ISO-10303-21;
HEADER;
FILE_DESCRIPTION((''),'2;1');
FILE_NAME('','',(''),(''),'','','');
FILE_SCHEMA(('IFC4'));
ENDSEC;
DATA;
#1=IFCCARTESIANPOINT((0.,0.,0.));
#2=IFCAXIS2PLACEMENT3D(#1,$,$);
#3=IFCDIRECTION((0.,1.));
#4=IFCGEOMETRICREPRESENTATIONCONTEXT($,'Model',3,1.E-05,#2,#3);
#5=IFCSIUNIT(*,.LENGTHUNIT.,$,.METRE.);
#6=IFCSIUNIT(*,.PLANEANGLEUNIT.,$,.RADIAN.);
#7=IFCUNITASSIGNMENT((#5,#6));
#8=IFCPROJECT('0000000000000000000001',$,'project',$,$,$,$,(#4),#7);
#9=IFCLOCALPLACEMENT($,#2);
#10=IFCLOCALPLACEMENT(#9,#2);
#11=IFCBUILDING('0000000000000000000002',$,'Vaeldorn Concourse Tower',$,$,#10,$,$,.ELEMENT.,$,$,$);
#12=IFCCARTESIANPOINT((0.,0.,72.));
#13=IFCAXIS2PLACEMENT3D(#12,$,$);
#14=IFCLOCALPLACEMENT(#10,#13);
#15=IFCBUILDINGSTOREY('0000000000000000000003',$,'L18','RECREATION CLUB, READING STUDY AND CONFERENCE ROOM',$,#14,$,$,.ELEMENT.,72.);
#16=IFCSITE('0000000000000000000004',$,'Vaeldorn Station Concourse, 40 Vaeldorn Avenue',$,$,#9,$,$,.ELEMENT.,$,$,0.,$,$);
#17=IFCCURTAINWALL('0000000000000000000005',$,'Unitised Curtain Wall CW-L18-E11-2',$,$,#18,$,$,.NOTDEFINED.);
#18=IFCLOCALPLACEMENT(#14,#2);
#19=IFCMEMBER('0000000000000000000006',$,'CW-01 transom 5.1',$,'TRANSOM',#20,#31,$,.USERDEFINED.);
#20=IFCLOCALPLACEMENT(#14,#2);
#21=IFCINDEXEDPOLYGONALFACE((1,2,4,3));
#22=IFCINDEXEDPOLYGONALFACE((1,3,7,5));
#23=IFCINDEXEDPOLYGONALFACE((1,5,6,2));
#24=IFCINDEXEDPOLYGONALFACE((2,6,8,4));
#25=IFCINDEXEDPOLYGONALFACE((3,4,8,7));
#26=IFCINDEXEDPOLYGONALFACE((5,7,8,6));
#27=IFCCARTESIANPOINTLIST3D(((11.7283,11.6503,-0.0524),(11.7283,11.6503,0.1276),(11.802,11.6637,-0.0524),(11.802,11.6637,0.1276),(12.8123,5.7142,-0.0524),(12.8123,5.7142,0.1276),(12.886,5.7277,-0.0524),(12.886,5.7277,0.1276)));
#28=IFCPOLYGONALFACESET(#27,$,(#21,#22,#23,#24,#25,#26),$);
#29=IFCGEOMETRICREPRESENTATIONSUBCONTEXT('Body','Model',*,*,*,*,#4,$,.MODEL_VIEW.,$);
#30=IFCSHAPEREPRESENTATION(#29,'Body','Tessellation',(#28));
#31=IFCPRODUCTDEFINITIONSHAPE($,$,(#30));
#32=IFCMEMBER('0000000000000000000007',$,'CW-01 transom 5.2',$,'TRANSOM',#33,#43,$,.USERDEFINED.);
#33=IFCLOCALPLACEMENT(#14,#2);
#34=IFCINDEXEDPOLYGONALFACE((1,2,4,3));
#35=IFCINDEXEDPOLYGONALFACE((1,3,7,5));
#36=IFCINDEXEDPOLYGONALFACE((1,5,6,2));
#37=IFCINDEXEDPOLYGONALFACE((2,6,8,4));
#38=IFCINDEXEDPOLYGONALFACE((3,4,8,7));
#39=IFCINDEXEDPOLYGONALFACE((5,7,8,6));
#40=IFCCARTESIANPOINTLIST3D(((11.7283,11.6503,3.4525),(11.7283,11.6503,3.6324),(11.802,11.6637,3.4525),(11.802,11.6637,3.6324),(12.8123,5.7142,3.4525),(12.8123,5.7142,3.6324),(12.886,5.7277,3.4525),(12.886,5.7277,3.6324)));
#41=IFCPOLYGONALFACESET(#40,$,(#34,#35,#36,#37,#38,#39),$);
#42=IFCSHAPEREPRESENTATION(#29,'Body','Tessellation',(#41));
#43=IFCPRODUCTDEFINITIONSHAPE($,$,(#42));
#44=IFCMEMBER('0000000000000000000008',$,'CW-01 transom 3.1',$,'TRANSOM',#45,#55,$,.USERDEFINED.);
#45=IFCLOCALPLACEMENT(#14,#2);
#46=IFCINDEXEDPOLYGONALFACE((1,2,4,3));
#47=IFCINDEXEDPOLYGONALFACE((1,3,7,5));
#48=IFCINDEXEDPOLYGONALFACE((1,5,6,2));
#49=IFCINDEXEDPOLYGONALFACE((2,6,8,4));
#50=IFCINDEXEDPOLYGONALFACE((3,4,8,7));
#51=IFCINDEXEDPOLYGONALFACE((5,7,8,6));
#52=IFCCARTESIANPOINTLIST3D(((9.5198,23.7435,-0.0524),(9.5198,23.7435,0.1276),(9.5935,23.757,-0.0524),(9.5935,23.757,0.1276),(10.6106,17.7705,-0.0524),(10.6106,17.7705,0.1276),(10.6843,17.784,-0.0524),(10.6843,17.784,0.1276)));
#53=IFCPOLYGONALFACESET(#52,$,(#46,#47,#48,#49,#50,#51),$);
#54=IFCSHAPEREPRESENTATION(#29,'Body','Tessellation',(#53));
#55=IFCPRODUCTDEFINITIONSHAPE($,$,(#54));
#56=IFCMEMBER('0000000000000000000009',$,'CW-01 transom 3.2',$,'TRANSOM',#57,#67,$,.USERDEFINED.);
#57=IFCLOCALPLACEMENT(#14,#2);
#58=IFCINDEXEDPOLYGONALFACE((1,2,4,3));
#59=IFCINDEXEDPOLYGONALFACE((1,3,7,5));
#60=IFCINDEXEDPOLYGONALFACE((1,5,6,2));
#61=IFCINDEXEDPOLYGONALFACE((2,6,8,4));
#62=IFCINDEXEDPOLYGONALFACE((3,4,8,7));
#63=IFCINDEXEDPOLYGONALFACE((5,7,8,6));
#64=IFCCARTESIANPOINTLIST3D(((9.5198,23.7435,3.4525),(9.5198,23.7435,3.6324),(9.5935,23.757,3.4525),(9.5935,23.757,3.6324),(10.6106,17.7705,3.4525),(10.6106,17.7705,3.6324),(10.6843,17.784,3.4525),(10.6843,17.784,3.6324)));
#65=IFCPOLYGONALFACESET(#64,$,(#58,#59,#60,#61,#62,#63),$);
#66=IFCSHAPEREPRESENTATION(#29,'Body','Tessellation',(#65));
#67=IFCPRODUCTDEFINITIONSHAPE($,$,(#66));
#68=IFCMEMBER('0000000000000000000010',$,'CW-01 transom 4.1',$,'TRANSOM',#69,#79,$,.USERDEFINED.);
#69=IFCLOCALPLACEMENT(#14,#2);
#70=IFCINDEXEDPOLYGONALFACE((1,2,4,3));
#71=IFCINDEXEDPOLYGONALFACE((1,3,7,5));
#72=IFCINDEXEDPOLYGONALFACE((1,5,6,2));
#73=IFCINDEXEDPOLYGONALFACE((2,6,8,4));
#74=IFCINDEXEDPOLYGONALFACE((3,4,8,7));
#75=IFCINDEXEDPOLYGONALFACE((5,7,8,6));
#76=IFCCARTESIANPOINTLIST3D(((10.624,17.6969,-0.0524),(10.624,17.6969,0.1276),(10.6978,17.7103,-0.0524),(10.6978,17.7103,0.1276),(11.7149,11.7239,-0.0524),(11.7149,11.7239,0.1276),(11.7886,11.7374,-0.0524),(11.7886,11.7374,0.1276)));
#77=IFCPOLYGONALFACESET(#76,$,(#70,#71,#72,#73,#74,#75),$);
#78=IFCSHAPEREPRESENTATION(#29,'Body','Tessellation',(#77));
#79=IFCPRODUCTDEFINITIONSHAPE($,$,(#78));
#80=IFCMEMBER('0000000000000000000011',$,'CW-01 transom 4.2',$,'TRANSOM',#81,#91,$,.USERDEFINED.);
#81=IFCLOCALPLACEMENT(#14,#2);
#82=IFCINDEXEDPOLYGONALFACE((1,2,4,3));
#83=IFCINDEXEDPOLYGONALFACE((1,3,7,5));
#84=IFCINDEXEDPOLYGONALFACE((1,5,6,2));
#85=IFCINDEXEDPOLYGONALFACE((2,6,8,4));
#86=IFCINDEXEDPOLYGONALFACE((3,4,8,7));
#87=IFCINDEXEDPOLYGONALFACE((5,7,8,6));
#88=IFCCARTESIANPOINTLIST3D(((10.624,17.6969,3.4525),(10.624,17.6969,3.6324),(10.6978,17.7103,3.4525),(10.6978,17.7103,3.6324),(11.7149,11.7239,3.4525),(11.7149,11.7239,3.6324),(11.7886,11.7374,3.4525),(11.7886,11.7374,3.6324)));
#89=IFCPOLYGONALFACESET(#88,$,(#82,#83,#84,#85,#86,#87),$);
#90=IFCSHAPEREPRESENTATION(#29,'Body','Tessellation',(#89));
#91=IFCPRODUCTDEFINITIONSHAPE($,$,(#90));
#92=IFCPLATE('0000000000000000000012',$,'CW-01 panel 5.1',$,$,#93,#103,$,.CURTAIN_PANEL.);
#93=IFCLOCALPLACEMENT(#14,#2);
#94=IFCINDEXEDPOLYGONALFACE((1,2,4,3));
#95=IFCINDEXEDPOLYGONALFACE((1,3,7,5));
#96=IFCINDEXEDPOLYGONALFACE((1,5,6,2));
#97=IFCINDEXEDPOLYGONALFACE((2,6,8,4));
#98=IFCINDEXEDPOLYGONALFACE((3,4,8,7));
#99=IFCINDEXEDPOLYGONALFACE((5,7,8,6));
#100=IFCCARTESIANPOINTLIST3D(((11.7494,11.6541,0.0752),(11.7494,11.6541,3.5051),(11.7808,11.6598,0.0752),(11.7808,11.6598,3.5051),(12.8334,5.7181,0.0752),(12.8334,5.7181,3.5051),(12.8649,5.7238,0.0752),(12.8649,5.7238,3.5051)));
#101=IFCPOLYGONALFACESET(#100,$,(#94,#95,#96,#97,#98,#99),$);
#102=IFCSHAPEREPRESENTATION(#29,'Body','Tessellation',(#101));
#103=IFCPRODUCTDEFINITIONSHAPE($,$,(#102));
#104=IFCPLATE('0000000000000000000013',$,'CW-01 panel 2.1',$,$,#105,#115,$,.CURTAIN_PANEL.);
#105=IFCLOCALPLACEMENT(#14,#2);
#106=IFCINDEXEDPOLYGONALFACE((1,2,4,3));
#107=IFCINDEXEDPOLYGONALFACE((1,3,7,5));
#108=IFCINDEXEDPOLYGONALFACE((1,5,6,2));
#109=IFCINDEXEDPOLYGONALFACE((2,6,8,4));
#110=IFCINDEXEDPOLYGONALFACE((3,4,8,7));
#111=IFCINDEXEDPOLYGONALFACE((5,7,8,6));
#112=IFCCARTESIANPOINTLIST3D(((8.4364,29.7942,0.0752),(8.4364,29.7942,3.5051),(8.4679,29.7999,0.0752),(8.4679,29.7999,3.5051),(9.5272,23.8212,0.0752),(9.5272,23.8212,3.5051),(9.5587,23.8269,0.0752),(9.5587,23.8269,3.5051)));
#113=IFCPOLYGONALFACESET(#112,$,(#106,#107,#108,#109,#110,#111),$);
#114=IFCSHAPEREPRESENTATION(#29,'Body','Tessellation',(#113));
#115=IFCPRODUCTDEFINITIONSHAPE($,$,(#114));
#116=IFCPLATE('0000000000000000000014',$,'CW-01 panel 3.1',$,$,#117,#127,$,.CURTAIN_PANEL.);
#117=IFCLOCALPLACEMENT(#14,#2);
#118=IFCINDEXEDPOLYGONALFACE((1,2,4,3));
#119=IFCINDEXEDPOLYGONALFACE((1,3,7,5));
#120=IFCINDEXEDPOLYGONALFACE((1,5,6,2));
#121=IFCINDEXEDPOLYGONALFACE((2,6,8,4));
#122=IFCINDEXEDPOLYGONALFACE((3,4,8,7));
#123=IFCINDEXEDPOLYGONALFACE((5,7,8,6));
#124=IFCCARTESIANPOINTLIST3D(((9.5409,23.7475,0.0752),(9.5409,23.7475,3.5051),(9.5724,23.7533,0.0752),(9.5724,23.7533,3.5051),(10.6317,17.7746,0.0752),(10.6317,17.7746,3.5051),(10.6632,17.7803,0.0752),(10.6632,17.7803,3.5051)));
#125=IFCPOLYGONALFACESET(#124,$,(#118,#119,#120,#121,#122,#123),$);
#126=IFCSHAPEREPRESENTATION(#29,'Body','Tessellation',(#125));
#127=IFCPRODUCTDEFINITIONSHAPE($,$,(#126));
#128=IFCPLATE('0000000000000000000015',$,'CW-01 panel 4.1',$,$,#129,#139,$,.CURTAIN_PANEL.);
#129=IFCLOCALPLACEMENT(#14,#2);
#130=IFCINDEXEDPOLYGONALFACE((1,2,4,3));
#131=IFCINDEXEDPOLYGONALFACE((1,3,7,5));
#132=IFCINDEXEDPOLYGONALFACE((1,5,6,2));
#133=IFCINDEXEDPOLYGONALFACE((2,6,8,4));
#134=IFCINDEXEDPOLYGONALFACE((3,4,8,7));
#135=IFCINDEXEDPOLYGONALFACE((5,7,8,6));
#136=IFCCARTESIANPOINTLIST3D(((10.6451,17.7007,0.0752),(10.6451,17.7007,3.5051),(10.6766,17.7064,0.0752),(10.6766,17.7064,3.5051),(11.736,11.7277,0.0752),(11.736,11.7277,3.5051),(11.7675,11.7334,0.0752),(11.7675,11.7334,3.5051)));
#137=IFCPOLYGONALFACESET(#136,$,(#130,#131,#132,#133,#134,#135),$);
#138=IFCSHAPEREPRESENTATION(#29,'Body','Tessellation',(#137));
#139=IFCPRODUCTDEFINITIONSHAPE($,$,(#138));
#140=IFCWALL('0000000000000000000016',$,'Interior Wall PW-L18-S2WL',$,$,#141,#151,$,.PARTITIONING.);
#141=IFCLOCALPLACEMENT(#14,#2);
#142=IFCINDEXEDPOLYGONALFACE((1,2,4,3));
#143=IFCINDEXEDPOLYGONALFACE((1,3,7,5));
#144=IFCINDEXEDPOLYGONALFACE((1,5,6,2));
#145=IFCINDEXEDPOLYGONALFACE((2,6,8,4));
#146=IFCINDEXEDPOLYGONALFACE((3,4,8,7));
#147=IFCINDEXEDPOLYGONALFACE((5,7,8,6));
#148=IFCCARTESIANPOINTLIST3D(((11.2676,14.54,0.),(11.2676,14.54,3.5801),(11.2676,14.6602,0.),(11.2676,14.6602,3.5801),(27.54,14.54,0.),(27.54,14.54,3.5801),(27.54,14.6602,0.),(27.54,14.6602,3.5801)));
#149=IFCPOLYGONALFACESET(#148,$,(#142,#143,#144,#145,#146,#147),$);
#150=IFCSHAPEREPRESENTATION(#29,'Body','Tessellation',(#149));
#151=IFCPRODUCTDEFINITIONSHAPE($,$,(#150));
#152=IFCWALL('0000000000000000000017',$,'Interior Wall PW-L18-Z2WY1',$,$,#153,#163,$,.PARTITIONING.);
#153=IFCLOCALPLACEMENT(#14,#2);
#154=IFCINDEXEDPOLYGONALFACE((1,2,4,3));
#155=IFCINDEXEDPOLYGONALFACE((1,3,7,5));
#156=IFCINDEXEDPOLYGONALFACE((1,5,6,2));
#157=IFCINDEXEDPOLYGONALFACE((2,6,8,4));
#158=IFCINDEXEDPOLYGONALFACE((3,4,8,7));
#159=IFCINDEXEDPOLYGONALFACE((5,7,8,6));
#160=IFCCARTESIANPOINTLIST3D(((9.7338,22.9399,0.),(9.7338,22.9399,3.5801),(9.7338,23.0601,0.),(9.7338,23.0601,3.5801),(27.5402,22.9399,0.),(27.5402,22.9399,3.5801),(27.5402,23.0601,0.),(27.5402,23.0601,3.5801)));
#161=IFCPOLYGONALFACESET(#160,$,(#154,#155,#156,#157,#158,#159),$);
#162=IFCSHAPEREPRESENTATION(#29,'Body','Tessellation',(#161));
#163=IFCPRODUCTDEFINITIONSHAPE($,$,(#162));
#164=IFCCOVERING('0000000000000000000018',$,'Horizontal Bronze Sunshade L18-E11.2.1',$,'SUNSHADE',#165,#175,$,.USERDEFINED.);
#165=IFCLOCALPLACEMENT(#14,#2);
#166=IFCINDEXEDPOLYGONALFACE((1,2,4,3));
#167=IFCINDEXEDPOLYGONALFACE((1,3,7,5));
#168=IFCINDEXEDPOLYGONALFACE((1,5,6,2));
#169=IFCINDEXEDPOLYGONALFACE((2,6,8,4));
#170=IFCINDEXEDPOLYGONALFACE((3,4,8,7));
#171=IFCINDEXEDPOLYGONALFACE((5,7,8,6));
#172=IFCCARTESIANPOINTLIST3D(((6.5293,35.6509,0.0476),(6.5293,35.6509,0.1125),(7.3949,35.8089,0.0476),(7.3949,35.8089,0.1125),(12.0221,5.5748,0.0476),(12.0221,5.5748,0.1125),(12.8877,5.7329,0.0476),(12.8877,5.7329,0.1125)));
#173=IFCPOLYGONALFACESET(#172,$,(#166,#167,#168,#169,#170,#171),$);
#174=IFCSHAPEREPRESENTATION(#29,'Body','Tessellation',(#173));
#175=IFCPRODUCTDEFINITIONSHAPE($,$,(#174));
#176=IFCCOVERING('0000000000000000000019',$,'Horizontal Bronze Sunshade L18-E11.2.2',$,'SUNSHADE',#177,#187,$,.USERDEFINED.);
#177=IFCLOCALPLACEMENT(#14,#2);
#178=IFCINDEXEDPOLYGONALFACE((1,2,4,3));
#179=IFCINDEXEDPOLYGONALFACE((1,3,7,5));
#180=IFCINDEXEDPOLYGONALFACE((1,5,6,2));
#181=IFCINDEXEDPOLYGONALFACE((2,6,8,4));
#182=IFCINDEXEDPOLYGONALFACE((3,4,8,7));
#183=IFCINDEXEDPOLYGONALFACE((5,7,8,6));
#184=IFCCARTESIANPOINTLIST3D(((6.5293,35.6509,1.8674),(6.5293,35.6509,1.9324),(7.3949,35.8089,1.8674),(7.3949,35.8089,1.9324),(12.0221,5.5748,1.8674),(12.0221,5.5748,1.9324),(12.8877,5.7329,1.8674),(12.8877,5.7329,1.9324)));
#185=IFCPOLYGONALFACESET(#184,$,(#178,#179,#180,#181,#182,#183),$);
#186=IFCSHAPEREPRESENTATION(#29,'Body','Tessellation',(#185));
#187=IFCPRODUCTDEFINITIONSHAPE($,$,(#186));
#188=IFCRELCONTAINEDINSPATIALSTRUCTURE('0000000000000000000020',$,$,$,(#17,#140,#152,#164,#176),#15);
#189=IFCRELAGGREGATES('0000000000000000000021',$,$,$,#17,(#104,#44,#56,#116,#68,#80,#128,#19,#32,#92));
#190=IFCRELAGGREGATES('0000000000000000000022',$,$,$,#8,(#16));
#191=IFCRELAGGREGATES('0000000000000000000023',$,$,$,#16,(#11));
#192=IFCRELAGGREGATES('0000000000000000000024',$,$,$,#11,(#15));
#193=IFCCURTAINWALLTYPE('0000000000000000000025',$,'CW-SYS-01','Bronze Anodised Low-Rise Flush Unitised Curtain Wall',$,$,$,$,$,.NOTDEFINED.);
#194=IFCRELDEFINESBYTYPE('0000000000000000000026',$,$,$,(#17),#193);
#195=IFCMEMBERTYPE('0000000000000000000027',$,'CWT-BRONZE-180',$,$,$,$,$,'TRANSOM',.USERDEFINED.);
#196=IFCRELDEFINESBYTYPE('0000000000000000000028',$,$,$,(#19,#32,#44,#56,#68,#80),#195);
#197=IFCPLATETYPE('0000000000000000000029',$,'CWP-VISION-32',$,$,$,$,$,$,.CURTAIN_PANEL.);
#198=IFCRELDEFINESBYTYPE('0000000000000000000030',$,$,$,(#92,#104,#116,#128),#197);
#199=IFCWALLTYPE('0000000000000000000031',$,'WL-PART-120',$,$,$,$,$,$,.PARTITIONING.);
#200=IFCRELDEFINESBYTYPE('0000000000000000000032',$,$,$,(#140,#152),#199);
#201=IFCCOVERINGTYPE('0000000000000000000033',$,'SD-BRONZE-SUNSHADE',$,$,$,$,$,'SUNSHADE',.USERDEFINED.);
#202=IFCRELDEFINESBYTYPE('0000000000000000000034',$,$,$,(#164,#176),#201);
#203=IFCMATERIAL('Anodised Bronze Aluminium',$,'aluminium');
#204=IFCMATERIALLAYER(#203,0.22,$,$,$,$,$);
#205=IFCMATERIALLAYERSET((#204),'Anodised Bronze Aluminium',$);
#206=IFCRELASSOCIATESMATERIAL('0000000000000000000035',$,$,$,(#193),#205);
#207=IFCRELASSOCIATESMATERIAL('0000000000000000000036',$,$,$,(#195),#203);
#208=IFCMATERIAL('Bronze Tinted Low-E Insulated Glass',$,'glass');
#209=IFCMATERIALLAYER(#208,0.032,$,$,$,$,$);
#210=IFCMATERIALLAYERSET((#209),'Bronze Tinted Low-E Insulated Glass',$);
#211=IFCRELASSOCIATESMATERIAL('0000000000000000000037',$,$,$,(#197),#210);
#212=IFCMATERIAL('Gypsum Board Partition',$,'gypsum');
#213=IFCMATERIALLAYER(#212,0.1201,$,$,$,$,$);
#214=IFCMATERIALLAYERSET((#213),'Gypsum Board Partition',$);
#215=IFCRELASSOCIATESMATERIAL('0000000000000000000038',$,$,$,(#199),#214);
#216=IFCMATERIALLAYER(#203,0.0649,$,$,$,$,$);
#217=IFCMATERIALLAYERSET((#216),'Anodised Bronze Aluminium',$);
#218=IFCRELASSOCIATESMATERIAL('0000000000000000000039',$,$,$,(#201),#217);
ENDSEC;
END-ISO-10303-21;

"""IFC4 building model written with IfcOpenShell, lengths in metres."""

from ifc_helpers import new_model, si_unit, direction, frame, frame_2d, origin, origin_2d, place, context, subcontext, project, spatial, rectangle, extrude, source, transform, mapped, material, layer, layer_set, material_profile, profile_set, type_object, element, aggregate, save


model = new_model("IFC4")

# Units and contexts
model_context = context("Model", 3, precision=1e-05, world=origin(), true_north=direction((0.0, 1.0)))
body_context = subcontext(model_context, "Body", "Model", "MODEL_VIEW")
ifc_project = project(units=[si_unit("LENGTHUNIT", "METRE"), si_unit("PLANEANGLEUNIT", "RADIAN")], contexts=[model_context])

# Site, building, storey
site_placement = place(None, origin())
site = spatial("IfcSite", under=ifc_project, at=site_placement, Name="Vaeldorn Station Concourse, 40 Vaeldorn Avenue", CompositionType="ELEMENT", RefElevation=0.0)
building_placement = place(site_placement, origin())
building = spatial("IfcBuilding", under=site, at=building_placement, Name="Vaeldorn Concourse Tower", CompositionType="ELEMENT")
storey_placement = place(building_placement, frame((0.0, 0.0, 72.0)))
storey = spatial("IfcBuildingStorey", under=building, at=storey_placement, Name="L18", Description="RECREATION CLUB, READING STUDY AND CONFERENCE ROOM", CompositionType="ELEMENT", Elevation=72.0)

# Curtain wall, members, plates
ifc_material_1 = material(Name="Anodised Bronze Aluminium", Category="aluminium")
ifc_layer_1 = layer(ifc_material_1, 0.22)
ifc_layer_set_1 = layer_set([ifc_layer_1], Name="Anodised Bronze Aluminium")
curtain_wall_type = type_object("IfcCurtainWallType", Name="CW-SYS-01", Description="Bronze Anodised Low-Rise Flush Unitised Curtain Wall", PredefinedType="NOTDEFINED", material=ifc_layer_set_1)
curtain_wall_placement = place(storey_placement, origin())
curtain_wall = element("IfcCurtainWall", 1, at=curtain_wall_placement, inside=storey, type_object=curtain_wall_type, Name="Unitised Curtain Wall CW-L18-E11-2", PredefinedType="NOTDEFINED")
ifc_material_profile_1 = material_profile(ifc_material_1, rectangle(XDim=0.075, YDim=0.1799, at=origin_2d()), Name="CWT 75x180")
ifc_profile_set_1 = profile_set([ifc_material_profile_1], Name="Anodised Bronze Aluminium")
member_type_1 = type_object("IfcMemberType", Name="CWT-BRONZE-180", ElementType="TRANSOM", PredefinedType="USERDEFINED", material=ifc_profile_set_1)
shared_shape_1 = source(origin(), body_context, "Body", "SweptSolid", [
    extrude(rectangle(XDim=0.075, YDim=0.1799, at=origin_2d()), origin(), (0.0, 0.0, 1.0), 6.0342),
])
member_1_placement = place(storey_placement, frame((11.7651, 11.657, 0.0376), z_axis=(0.17964, -0.983732, 0.0), x_axis=(0.983732, 0.17964, 0.0)))
member_1 = element("IfcMember", 2, at=member_1_placement, type_object=member_type_1, Name="CW-01 transom 5.1", ObjectType="TRANSOM", PredefinedType="USERDEFINED", context=body_context, shape_type="MappedRepresentation", body=[
    mapped(shared_shape_1, transform((0.0, 0.0, 0.0), scale=1.0)),
])
member_2_placement = place(storey_placement, frame((11.7651, 11.657, 3.5425), z_axis=(0.17964, -0.983732, 0.0), x_axis=(0.983732, 0.17964, 0.0)))
member_2 = element("IfcMember", 3, at=member_2_placement, type_object=member_type_1, Name="CW-01 transom 5.2", ObjectType="TRANSOM", PredefinedType="USERDEFINED", context=body_context, shape_type="MappedRepresentation", body=[
    mapped(shared_shape_1, transform((0.0, 0.0, 0.0), scale=1.0)),
])
shared_shape_2 = source(origin(), body_context, "Body", "SweptSolid", [
    extrude(rectangle(XDim=0.075, YDim=0.1799, at=origin_2d()), origin(), (0.0, 0.0, 1.0), 6.0718),
])
member_3_placement = place(storey_placement, frame((9.5566, 23.7502, 0.0376), z_axis=(0.179657, -0.983729, 0.0), x_axis=(0.983729, 0.179657, 0.0)))
member_3 = element("IfcMember", 4, at=member_3_placement, type_object=member_type_1, Name="CW-01 transom 3.1", ObjectType="TRANSOM", PredefinedType="USERDEFINED", context=body_context, shape_type="MappedRepresentation", body=[
    mapped(shared_shape_2, transform((0.0, 0.0, 0.0), scale=1.0)),
])
member_4_placement = place(storey_placement, frame((9.5566, 23.7502, 3.5425), z_axis=(0.179657, -0.983729, 0.0), x_axis=(0.983729, 0.179657, 0.0)))
member_4 = element("IfcMember", 5, at=member_4_placement, type_object=member_type_1, Name="CW-01 transom 3.2", ObjectType="TRANSOM", PredefinedType="USERDEFINED", context=body_context, shape_type="MappedRepresentation", body=[
    mapped(shared_shape_2, transform((0.0, 0.0, 0.0), scale=1.0)),
])
member_5_placement = place(storey_placement, frame((10.6609, 17.7036, 0.0376), z_axis=(0.179657, -0.983729, 0.0), x_axis=(0.983729, 0.179657, 0.0)))
member_5 = element("IfcMember", 6, at=member_5_placement, type_object=member_type_1, Name="CW-01 transom 4.1", ObjectType="TRANSOM", PredefinedType="USERDEFINED", context=body_context, shape_type="MappedRepresentation", body=[
    mapped(shared_shape_2, transform((0.0, 0.0, 0.0), scale=1.0)),
])
member_6_placement = place(storey_placement, frame((10.6609, 17.7036, 3.5425), z_axis=(0.179657, -0.983729, 0.0), x_axis=(0.983729, 0.179657, 0.0)))
member_6 = element("IfcMember", 7, at=member_6_placement, type_object=member_type_1, Name="CW-01 transom 4.2", ObjectType="TRANSOM", PredefinedType="USERDEFINED", context=body_context, shape_type="MappedRepresentation", body=[
    mapped(shared_shape_2, transform((0.0, 0.0, 0.0), scale=1.0)),
])
ifc_material_2 = material(Name="Bronze Tinted Low-E Insulated Glass", Category="glass")
ifc_layer_2 = layer(ifc_material_2, 0.032)
ifc_layer_set_2 = layer_set([ifc_layer_2], Name="Bronze Tinted Low-E Insulated Glass")
plate_type = type_object("IfcPlateType", Name="CWP-VISION-32", PredefinedType="CURTAIN_PANEL", material=ifc_layer_set_2)
shared_shape_3 = source(origin(), body_context, "Body", "SweptSolid", [
    extrude(rectangle(XDim=6.0342, YDim=0.032, at=origin_2d()), origin(), (0.0, 0.0, 1.0), 3.4299),
])
plate_1_placement = place(storey_placement, frame((12.3071, 8.689, 0.0752), z_axis=(0.0, 0.0, 1.0), x_axis=(0.179658, -0.983729, 0.0)))
plate_1 = element("IfcPlate", 8, at=plate_1_placement, type_object=plate_type, Name="CW-01 panel 5.1", PredefinedType="CURTAIN_PANEL", context=body_context, shape_type="MappedRepresentation", body=[
    mapped(shared_shape_3, transform((0.0, 0.0, 0.0), scale=1.0)),
])
shared_shape_4 = source(origin(), body_context, "Body", "SweptSolid", [
    extrude(rectangle(XDim=6.0718, YDim=0.032, at=origin_2d()), origin(), (0.0, 0.0, 1.0), 3.4299),
])
plate_2_placement = place(storey_placement, frame((8.9976, 26.8105, 0.0752), z_axis=(0.0, 0.0, 1.0), x_axis=(0.179658, -0.983729, 0.0)))
plate_2 = element("IfcPlate", 9, at=plate_2_placement, type_object=plate_type, Name="CW-01 panel 2.1", PredefinedType="CURTAIN_PANEL", context=body_context, shape_type="MappedRepresentation", body=[
    mapped(shared_shape_4, transform((0.0, 0.0, 0.0), scale=1.0)),
])
plate_3_placement = place(storey_placement, frame((10.1021, 20.7639, 0.0752), z_axis=(0.0, 0.0, 1.0), x_axis=(0.179658, -0.983729, 0.0)))
plate_3 = element("IfcPlate", 10, at=plate_3_placement, type_object=plate_type, Name="CW-01 panel 3.1", PredefinedType="CURTAIN_PANEL", context=body_context, shape_type="MappedRepresentation", body=[
    mapped(shared_shape_4, transform((0.0, 0.0, 0.0), scale=1.0)),
])
plate_4_placement = place(storey_placement, frame((11.2063, 14.717, 0.0752), z_axis=(0.0, 0.0, 1.0), x_axis=(0.179658, -0.983729, 0.0)))
plate_4 = element("IfcPlate", 11, at=plate_4_placement, type_object=plate_type, Name="CW-01 panel 4.1", PredefinedType="CURTAIN_PANEL", context=body_context, shape_type="MappedRepresentation", body=[
    mapped(shared_shape_4, transform((0.0, 0.0, 0.0), scale=1.0)),
])
aggregate(curtain_wall, [plate_2, member_3, member_4, plate_3, member_5, member_6, plate_4, member_1, member_2, plate_1])

# Walls
ifc_material_3 = material(Name="Gypsum Board Partition", Category="gypsum")
ifc_layer_3 = layer(ifc_material_3, 0.1201)
ifc_layer_set_3 = layer_set([ifc_layer_3], Name="Gypsum Board Partition")
wall_type = type_object("IfcWallType", Name="WL-PART-120", PredefinedType="PARTITIONING", material=ifc_layer_set_3)
wall_1_placement = place(storey_placement, frame((11.2676, 14.6001, 0.0), z_axis=(0.0, 0.0, 1.0), x_axis=(1.0, 0.0, 0.0)))
element("IfcWall", 12, at=wall_1_placement, inside=storey, type_object=wall_type, Name="Interior Wall PW-L18-S2WL", PredefinedType="PARTITIONING", context=body_context, shape_type="SweptSolid", body=[
    extrude(rectangle(XDim=16.2725, YDim=0.1201, at=frame_2d((8.1362, 0.0))), origin(), (0.0, 0.0, 1.0), 3.5801),
])
wall_2_placement = place(storey_placement, frame((9.7336, 23.0, 0.0), z_axis=(0.0, 0.0, 1.0), x_axis=(1.0, 0.0, 0.0)))
element("IfcWall", 13, at=wall_2_placement, inside=storey, type_object=wall_type, Name="Interior Wall PW-L18-Z2WY1", PredefinedType="PARTITIONING", context=body_context, shape_type="SweptSolid", body=[
    extrude(rectangle(XDim=17.8064, YDim=0.1201, at=frame_2d((8.9033, 0.0))), origin(), (0.0, 0.0, 1.0), 3.5801),
])

# Coverings
ifc_layer_4 = layer(ifc_material_1, 0.0649)
ifc_layer_set_4 = layer_set([ifc_layer_4], Name="Anodised Bronze Aluminium")
covering_type = type_object("IfcCoveringType", Name="SD-BRONZE-SUNSHADE", ElementType="SUNSHADE", PredefinedType="USERDEFINED", material=ifc_layer_set_4)
shared_shape_5 = source(origin(), body_context, "Body", "SweptSolid", [
    extrude(rectangle(XDim=30.5735, YDim=0.8799, at=origin_2d()), origin(), (0.0, 0.0, 1.0), 0.0649),
])
for number, where, z_axis, x_axis, name in (
    (14, (9.7085, 20.6919, 0.0476), (0.0, 0.0, 1.0), (0.179661, -0.983729, 0.0), "Horizontal Bronze Sunshade L18-E11.2.1"),
    (15, (9.7085, 20.6919, 1.8674), (0.0, 0.0, 1.0), (0.179661, -0.983729, 0.0), "Horizontal Bronze Sunshade L18-E11.2.2"),
):
    element("IfcCovering", number, at=place(storey_placement, frame(where, z_axis=z_axis, x_axis=x_axis)), inside=storey, type_object=covering_type, Name=name, ObjectType="SUNSHADE", PredefinedType="USERDEFINED", context=body_context, shape_type="MappedRepresentation", body=[
        mapped(shared_shape_5, transform((0.0, 0.0, 0.0), scale=1.0)),
    ])

save(model, "model.ifc")
